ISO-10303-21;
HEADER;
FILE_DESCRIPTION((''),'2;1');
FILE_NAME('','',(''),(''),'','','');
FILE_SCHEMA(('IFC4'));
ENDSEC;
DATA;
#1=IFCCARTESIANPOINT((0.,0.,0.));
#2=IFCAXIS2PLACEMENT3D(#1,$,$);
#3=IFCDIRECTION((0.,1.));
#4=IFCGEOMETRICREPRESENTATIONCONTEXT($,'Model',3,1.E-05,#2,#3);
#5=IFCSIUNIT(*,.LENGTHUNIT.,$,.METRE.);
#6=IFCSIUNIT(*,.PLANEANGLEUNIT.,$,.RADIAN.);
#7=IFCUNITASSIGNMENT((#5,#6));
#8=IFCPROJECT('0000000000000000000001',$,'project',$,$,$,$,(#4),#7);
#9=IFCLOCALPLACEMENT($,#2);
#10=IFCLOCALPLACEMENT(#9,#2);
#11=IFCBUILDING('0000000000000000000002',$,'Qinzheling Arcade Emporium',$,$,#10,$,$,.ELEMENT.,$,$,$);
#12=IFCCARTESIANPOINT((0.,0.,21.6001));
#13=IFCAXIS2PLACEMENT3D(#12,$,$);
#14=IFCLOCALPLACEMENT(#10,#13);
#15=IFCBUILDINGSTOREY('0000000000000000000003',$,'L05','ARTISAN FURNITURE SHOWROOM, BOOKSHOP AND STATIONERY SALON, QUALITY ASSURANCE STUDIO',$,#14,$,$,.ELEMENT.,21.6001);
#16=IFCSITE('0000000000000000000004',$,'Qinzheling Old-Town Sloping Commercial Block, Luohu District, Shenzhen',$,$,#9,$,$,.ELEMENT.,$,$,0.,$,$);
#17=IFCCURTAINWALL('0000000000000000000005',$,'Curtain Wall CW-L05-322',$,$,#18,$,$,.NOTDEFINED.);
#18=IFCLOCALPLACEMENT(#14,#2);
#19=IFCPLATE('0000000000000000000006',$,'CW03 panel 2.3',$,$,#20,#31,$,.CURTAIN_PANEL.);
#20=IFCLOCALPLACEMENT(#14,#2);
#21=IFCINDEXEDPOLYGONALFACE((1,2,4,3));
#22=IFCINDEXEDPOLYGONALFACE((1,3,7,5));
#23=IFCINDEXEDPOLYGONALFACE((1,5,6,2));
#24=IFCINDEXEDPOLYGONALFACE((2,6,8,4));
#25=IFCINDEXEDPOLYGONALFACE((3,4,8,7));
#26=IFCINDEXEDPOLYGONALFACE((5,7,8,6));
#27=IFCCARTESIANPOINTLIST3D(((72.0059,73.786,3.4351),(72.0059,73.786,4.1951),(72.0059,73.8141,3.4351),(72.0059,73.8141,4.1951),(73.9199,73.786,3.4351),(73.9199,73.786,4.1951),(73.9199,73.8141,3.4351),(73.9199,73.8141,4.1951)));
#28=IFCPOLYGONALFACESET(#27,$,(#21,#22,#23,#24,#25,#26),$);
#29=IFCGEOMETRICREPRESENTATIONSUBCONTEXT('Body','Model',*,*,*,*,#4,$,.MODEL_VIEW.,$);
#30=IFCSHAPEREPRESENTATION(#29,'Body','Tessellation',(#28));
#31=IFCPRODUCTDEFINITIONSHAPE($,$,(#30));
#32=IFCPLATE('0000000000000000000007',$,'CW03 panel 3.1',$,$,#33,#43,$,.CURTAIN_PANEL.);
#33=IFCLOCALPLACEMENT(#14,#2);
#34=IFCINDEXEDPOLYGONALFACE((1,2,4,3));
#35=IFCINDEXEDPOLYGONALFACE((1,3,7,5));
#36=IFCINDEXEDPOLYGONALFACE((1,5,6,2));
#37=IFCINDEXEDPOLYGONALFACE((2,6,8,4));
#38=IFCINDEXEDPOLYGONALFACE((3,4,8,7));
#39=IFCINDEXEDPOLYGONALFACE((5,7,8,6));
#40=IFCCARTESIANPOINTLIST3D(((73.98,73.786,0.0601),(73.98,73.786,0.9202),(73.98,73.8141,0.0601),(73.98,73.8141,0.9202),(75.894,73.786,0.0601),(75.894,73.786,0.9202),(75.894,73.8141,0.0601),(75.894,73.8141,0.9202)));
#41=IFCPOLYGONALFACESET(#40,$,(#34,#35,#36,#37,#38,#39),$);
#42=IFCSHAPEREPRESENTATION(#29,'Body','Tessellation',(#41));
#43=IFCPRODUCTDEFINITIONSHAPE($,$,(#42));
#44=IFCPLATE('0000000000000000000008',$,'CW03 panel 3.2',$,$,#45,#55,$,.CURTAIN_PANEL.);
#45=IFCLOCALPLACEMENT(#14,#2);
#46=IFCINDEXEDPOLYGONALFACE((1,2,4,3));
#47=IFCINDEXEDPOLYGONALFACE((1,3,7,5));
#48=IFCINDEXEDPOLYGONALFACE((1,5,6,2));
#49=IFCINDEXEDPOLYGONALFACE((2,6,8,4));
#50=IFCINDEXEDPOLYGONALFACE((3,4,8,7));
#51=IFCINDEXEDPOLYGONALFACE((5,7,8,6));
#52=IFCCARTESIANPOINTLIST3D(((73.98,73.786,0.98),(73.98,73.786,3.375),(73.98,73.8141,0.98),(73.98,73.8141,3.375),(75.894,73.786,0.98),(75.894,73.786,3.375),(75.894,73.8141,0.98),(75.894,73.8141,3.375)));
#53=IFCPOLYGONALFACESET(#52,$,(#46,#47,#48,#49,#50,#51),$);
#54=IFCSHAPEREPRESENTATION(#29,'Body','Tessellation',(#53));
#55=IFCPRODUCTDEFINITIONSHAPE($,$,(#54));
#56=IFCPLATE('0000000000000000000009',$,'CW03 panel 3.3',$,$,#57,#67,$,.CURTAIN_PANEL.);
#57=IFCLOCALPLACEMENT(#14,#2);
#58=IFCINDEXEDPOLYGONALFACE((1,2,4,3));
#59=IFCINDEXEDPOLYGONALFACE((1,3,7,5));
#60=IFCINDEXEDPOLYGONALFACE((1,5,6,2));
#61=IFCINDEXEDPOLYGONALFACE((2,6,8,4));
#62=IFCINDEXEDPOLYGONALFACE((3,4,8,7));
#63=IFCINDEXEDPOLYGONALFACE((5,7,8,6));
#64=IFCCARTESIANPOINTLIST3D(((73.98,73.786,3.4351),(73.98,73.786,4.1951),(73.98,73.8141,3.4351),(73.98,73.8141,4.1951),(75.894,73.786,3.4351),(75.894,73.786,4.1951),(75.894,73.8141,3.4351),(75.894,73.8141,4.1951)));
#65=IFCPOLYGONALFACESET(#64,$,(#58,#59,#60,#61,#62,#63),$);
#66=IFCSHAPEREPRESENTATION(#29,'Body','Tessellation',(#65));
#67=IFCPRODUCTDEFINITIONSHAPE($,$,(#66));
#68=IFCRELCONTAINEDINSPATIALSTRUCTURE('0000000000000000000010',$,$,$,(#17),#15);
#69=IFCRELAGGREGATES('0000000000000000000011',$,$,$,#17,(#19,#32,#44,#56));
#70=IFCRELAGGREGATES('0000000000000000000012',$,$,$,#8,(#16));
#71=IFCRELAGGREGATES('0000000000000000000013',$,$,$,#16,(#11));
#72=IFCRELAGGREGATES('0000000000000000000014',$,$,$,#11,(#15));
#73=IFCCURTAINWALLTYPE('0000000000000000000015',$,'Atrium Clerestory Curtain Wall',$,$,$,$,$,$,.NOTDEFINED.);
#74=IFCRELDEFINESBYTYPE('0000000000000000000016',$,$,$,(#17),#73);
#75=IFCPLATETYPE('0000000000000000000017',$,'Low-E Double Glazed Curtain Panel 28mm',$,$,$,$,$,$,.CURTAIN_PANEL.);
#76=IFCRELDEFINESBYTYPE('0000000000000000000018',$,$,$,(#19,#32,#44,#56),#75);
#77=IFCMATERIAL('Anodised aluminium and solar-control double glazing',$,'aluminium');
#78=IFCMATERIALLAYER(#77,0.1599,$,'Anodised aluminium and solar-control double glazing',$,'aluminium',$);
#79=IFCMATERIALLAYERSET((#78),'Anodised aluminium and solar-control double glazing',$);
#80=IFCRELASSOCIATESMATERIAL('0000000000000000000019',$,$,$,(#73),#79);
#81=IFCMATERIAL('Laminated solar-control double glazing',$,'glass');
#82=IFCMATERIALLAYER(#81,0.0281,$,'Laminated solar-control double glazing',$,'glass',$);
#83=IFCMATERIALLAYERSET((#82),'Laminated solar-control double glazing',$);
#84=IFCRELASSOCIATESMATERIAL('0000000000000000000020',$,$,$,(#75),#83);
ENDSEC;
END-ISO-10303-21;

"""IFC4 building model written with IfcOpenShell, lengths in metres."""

from ifc_helpers import new_model, si_unit, direction, frame, origin, origin_2d, place, context, subcontext, project, spatial, rectangle, extrude, material, layer, layer_set, type_object, element, aggregate, save


model = new_model("IFC4")

# Units and contexts
model_context = context("Model", 3, precision=1e-05, world=origin(), true_north=direction((0.0, 1.0)))
body_context = subcontext(model_context, "Body", "Model", "MODEL_VIEW")
ifc_project = project(units=[si_unit("LENGTHUNIT", "METRE"), si_unit("PLANEANGLEUNIT", "RADIAN")], contexts=[model_context])

# Site, building, storey
site_placement = place(None, origin())
site = spatial("IfcSite", under=ifc_project, at=site_placement, Name="Qinzheling Old-Town Sloping Commercial Block, Luohu District, Shenzhen", CompositionType="ELEMENT", RefElevation=0.0)
building_placement = place(site_placement, origin())
building = spatial("IfcBuilding", under=site, at=building_placement, Name="Qinzheling Arcade Emporium", CompositionType="ELEMENT")
storey_placement = place(building_placement, frame((0.0, 0.0, 21.6001)))
storey = spatial("IfcBuildingStorey", under=building, at=storey_placement, Name="L05", Description="ARTISAN FURNITURE SHOWROOM, BOOKSHOP AND STATIONERY SALON, QUALITY ASSURANCE STUDIO", CompositionType="ELEMENT", Elevation=21.6001)

# Shared definitions
ifc_material_1 = material(Name="Anodised aluminium and solar-control double glazing", Category="aluminium")
ifc_layer_1 = layer(ifc_material_1, 0.1599, Name="Anodised aluminium and solar-control double glazing", Category="aluminium")
ifc_layer_set_1 = layer_set([ifc_layer_1], Name="Anodised aluminium and solar-control double glazing")
curtain_wall_type = type_object("IfcCurtainWallType", Name="Atrium Clerestory Curtain Wall", PredefinedType="NOTDEFINED", material=ifc_layer_set_1)

# Curtain wall
curtain_wall_1_placement = place(storey_placement, origin())
curtain_wall_1 = element("IfcCurtainWall", 1, at=curtain_wall_1_placement, inside=storey, type_object=curtain_wall_type, Name="Curtain Wall CW-L05-322", PredefinedType="NOTDEFINED")

# Plates
ifc_material_2 = material(Name="Laminated solar-control double glazing", Category="glass")
ifc_layer_2 = layer(ifc_material_2, 0.0281, Name="Laminated solar-control double glazing", Category="glass")
ifc_layer_set_2 = layer_set([ifc_layer_2], Name="Laminated solar-control double glazing")
plate_type_1 = type_object("IfcPlateType", Name="Low-E Double Glazed Curtain Panel 28mm", PredefinedType="CURTAIN_PANEL", material=ifc_layer_set_2)
plate_1_placement = place(storey_placement, frame((72.9629, 73.8, 3.4351), z_axis=(0.0, 0.0, 1.0), x_axis=(1.0, 0.0, 0.0)))
plate_1 = element("IfcPlate", 2, at=plate_1_placement, type_object=plate_type_1, Name="CW03 panel 2.3", PredefinedType="CURTAIN_PANEL", context=body_context, shape_type="SweptSolid", body=[
    extrude(rectangle(XDim=1.9141, YDim=0.0281, at=origin_2d()), origin(), (0.0, 0.0, 1.0), 0.76),
])
plate_2_placement = place(storey_placement, frame((74.937, 73.8, 0.0601), z_axis=(0.0, 0.0, 1.0), x_axis=(1.0, 0.0, 0.0)))
plate_2 = element("IfcPlate", 3, at=plate_2_placement, type_object=plate_type_1, Name="CW03 panel 3.1", PredefinedType="CURTAIN_PANEL", context=body_context, shape_type="SweptSolid", body=[
    extrude(rectangle(XDim=1.9141, YDim=0.0281, at=origin_2d()), origin(), (0.0, 0.0, 1.0), 0.8601),
])
plate_3_placement = place(storey_placement, frame((74.937, 73.8, 0.98), z_axis=(0.0, 0.0, 1.0), x_axis=(1.0, 0.0, 0.0)))
plate_3 = element("IfcPlate", 4, at=plate_3_placement, type_object=plate_type_1, Name="CW03 panel 3.2", PredefinedType="CURTAIN_PANEL", context=body_context, shape_type="SweptSolid", body=[
    extrude(rectangle(XDim=1.9141, YDim=0.0281, at=origin_2d()), origin(), (0.0, 0.0, 1.0), 2.395),
])
plate_4_placement = place(storey_placement, frame((74.937, 73.8, 3.4351), z_axis=(0.0, 0.0, 1.0), x_axis=(1.0, 0.0, 0.0)))
plate_4 = element("IfcPlate", 5, at=plate_4_placement, type_object=plate_type_1, Name="CW03 panel 3.3", PredefinedType="CURTAIN_PANEL", context=body_context, shape_type="SweptSolid", body=[
    extrude(rectangle(XDim=1.9141, YDim=0.0281, at=origin_2d()), origin(), (0.0, 0.0, 1.0), 0.76),
])
aggregate(curtain_wall_1, [plate_1, plate_2, plate_3, plate_4])

save(model, "model.ifc")
